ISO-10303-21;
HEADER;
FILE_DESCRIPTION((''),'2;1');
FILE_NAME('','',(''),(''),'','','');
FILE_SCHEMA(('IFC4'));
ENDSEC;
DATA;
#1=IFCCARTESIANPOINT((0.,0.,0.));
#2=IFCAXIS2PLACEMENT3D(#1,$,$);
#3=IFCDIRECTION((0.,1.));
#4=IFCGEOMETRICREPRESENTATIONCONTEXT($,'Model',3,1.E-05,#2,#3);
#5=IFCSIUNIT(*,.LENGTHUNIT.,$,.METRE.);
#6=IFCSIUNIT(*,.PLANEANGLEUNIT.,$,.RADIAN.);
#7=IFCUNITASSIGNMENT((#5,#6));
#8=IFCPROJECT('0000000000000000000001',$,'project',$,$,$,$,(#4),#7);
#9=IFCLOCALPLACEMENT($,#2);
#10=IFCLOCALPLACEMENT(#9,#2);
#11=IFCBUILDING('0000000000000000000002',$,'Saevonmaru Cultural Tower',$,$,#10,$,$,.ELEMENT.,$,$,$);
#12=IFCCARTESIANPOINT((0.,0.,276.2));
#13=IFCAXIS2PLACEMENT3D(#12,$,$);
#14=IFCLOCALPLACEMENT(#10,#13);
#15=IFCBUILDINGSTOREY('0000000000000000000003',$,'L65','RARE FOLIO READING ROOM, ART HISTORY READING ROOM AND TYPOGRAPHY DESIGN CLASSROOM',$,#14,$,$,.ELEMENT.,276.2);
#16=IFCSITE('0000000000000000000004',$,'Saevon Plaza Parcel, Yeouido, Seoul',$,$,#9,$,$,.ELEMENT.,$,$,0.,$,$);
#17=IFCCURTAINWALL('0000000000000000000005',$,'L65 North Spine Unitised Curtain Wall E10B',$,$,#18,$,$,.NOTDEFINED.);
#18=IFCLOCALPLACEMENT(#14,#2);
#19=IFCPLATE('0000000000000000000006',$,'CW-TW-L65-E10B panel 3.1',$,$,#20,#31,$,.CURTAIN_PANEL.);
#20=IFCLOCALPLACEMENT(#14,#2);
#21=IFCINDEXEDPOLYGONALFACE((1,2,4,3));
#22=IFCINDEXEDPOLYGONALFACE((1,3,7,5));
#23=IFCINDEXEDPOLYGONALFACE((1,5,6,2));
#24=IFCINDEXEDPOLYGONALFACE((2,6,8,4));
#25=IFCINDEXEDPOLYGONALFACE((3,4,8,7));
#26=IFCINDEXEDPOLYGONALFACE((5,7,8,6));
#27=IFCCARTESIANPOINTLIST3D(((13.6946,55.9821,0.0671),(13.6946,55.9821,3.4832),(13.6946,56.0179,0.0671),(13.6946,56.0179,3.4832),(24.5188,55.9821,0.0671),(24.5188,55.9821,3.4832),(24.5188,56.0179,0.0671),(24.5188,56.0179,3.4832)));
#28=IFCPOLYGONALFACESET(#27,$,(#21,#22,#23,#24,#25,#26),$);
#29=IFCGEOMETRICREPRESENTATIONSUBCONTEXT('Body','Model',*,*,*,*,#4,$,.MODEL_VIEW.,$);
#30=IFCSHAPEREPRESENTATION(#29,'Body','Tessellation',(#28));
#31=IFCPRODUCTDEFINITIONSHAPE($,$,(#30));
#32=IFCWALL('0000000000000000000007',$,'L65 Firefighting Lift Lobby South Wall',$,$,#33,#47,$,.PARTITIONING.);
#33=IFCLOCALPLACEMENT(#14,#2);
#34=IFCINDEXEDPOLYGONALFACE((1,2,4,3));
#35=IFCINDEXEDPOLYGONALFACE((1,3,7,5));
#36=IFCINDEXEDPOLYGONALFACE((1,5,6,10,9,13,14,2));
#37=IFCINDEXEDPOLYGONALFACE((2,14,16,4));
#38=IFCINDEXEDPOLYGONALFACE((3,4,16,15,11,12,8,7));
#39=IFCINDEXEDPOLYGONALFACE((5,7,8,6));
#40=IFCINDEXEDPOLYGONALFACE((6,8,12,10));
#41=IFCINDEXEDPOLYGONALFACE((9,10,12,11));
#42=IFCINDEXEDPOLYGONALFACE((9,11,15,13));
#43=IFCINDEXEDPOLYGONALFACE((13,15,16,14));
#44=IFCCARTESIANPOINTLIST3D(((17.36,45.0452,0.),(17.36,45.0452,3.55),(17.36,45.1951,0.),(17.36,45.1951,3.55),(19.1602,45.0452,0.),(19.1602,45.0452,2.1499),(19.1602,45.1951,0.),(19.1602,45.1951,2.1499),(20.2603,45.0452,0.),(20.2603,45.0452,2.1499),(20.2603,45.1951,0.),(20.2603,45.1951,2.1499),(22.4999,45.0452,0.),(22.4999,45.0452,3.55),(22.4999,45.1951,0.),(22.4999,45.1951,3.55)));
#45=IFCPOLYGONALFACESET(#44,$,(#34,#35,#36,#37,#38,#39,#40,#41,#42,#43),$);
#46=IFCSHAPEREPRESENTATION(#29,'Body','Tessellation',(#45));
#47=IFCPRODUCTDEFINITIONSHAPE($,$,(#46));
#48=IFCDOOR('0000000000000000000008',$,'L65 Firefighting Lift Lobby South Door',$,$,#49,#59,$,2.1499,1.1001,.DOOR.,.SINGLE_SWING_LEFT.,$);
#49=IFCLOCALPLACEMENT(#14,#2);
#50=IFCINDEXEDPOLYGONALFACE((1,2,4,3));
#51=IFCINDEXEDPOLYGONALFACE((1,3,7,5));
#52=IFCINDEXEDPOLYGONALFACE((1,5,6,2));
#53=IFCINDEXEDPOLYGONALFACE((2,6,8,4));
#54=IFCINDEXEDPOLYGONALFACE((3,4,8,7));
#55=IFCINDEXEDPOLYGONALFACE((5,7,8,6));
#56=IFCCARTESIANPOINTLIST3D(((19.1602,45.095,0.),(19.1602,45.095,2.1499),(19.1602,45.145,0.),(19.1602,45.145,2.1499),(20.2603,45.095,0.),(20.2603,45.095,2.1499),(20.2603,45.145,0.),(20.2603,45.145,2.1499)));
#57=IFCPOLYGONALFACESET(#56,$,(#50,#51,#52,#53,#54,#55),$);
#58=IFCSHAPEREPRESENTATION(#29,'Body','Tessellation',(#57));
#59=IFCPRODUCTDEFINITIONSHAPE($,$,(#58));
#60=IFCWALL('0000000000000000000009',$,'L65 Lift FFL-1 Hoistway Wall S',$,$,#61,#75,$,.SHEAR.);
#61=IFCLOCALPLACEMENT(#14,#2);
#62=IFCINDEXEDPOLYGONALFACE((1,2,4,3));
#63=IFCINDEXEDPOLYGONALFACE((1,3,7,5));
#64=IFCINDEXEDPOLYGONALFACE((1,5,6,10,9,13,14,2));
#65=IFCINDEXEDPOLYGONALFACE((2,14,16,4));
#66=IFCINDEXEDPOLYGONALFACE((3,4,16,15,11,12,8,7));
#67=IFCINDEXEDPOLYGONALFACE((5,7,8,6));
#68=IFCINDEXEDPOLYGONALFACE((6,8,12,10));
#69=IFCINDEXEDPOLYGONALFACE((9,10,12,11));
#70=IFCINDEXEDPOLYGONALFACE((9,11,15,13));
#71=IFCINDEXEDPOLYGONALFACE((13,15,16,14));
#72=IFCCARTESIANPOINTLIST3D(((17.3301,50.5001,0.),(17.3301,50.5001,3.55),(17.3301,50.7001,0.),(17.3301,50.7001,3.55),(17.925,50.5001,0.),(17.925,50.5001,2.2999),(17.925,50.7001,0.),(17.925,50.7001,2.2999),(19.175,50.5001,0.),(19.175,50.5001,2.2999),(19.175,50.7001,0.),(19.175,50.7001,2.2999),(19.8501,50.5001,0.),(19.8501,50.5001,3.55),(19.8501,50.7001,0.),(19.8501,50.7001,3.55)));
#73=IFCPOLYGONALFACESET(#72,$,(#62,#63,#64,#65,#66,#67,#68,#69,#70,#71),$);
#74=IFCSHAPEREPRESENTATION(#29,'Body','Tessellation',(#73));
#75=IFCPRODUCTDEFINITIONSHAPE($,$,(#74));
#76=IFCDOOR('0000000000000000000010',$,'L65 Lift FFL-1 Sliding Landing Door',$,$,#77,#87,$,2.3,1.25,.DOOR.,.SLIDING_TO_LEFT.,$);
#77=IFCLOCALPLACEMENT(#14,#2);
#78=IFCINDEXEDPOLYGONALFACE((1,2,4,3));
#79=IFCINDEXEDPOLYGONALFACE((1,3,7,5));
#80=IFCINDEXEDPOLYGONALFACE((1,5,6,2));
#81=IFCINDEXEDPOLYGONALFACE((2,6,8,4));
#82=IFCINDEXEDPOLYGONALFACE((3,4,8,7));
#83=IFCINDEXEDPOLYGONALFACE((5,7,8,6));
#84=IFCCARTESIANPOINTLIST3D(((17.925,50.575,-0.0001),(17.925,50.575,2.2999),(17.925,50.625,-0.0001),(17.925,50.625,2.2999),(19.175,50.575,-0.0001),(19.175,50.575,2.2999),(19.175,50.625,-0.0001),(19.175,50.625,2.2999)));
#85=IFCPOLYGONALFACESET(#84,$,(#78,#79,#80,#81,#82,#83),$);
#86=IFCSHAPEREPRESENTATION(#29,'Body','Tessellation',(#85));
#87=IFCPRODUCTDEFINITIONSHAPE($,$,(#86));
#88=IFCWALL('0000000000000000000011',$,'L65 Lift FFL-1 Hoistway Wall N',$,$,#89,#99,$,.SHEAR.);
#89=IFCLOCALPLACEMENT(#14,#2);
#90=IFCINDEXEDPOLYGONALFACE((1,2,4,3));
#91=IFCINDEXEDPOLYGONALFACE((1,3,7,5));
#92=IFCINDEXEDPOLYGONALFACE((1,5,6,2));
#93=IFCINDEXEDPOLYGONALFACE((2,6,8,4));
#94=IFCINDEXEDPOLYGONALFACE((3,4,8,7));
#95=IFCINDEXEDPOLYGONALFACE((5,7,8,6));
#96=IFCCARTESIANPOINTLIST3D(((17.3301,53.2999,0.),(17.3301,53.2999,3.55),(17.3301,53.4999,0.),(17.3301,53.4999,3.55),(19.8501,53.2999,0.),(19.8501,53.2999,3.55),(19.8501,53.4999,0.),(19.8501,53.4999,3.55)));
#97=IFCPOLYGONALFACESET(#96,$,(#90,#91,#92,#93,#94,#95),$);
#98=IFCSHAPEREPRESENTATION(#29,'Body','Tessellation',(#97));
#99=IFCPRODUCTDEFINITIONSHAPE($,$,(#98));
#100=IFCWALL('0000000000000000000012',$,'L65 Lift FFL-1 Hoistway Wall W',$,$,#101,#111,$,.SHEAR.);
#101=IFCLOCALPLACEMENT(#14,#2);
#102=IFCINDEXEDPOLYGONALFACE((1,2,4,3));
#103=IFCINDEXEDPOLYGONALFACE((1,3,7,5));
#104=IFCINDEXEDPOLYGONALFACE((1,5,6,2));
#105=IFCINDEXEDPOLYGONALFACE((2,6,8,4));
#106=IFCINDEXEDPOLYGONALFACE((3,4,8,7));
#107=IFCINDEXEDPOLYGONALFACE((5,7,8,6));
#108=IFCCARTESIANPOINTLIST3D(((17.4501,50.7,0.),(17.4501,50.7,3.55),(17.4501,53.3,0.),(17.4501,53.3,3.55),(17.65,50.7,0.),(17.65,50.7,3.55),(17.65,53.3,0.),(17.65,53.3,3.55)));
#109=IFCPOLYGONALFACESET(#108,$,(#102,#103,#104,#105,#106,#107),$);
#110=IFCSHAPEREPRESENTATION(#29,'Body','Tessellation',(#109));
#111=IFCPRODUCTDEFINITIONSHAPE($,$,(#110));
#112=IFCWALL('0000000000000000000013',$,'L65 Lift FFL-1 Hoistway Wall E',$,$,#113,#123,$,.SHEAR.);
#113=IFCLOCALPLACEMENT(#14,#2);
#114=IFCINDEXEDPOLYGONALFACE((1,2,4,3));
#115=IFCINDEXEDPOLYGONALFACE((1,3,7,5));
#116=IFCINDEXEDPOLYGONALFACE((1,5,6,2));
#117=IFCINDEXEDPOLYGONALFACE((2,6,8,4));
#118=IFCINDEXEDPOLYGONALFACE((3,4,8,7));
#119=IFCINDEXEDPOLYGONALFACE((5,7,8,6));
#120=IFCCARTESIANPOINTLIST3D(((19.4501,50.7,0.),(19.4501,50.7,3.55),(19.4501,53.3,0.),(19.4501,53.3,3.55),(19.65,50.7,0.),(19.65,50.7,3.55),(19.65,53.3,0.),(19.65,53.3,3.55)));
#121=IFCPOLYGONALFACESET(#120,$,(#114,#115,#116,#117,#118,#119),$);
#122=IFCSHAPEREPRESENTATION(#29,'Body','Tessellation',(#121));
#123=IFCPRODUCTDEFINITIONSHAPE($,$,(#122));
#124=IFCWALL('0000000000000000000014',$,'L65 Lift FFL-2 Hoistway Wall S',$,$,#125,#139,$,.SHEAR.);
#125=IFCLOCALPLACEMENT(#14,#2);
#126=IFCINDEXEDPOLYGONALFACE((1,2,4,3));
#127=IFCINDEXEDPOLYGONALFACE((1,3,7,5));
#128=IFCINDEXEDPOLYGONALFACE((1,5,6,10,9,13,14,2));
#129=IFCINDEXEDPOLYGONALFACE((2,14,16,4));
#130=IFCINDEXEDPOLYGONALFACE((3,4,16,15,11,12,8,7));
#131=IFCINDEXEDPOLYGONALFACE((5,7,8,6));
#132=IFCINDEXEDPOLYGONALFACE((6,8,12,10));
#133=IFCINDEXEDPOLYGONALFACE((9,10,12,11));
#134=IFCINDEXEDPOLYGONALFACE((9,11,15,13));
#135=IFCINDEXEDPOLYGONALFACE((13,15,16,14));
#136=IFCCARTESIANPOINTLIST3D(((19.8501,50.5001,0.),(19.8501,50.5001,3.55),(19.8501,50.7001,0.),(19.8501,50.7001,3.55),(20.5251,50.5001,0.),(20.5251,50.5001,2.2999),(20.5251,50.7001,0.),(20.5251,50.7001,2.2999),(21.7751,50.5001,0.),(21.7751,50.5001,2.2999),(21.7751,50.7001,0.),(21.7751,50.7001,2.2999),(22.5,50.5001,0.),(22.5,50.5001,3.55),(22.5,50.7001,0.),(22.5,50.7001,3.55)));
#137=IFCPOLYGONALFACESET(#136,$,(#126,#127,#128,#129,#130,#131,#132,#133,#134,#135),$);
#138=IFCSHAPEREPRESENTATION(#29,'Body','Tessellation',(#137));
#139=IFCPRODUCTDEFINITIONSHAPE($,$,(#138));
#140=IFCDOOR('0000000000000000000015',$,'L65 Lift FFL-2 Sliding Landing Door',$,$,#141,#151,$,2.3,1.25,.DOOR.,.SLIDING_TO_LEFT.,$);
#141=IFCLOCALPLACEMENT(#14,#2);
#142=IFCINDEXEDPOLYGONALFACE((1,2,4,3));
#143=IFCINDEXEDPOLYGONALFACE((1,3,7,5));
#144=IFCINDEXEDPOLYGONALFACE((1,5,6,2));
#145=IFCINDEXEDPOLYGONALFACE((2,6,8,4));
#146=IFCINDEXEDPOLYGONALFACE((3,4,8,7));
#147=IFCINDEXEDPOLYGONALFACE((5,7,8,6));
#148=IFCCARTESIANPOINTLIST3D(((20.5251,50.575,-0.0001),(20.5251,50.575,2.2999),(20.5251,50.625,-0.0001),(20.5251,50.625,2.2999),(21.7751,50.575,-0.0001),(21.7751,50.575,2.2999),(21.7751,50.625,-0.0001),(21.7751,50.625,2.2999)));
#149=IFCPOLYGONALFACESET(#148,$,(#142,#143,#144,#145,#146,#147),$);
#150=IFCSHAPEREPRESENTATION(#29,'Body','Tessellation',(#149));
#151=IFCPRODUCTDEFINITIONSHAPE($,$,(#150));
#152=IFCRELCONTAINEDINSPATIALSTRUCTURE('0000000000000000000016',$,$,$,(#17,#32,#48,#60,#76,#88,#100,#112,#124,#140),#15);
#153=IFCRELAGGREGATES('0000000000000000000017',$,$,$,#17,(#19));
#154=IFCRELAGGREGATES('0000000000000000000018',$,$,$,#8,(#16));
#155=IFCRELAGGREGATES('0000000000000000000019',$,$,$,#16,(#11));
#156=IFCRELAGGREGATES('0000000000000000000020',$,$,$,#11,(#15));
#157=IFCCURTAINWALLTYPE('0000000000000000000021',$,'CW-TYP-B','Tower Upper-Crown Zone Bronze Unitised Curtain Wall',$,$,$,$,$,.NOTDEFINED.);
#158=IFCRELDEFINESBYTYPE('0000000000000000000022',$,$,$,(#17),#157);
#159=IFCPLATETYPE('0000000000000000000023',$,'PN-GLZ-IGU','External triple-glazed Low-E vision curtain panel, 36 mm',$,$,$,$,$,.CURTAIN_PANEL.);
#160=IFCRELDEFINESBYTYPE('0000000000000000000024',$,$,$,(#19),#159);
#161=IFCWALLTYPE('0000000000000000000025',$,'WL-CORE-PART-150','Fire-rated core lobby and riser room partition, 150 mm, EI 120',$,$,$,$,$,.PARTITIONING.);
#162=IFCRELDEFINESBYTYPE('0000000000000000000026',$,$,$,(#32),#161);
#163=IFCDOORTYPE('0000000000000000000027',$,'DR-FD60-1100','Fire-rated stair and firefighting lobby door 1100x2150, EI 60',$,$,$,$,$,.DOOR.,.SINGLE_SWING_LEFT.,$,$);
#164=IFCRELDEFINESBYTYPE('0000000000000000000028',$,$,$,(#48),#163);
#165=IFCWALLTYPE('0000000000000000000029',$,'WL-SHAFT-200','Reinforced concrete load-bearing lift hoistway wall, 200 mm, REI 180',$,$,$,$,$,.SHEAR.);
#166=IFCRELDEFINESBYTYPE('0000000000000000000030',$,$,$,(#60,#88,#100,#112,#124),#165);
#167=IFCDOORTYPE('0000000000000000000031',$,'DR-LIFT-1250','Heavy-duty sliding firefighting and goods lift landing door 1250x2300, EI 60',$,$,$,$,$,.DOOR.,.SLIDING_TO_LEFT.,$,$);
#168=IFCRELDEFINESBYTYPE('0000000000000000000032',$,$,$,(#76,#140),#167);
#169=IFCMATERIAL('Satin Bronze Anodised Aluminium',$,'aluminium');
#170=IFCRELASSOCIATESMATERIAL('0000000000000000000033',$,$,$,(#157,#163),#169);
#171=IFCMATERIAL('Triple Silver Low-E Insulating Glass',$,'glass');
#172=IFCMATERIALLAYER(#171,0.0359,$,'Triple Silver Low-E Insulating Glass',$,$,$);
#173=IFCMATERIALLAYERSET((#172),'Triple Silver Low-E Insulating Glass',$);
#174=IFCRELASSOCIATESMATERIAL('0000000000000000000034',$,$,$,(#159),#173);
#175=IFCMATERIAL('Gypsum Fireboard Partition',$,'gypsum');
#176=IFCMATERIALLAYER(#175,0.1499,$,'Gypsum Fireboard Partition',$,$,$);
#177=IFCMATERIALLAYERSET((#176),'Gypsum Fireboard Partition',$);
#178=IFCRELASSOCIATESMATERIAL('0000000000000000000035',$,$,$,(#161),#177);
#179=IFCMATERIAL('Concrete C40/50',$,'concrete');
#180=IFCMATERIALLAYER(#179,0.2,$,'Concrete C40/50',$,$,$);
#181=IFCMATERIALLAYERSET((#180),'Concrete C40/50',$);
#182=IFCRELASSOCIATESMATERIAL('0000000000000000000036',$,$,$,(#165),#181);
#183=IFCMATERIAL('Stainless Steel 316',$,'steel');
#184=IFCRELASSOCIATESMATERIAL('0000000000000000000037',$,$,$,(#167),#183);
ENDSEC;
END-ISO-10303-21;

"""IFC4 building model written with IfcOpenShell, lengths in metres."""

from ifc_helpers import new_model, si_unit, direction, frame, frame_2d, origin, origin_2d, place, context, subcontext, project, spatial, rectangle, extrude, material, layer, layer_set, type_object, element, fill, aggregate, save


model = new_model("IFC4")

# Units and contexts
model_context = context("Model", 3, precision=1e-05, world=origin(), true_north=direction((0.0, 1.0)))
body_context = subcontext(model_context, "Body", "Model", "MODEL_VIEW")
ifc_project = project(units=[si_unit("LENGTHUNIT", "METRE"), si_unit("PLANEANGLEUNIT", "RADIAN")], contexts=[model_context])

# Site, building, storey
site_placement = place(None, origin())
site = spatial("IfcSite", under=ifc_project, at=site_placement, Name="Saevon Plaza Parcel, Yeouido, Seoul", CompositionType="ELEMENT", RefElevation=0.0)
building_placement = place(site_placement, origin())
building = spatial("IfcBuilding", under=site, at=building_placement, Name="Saevonmaru Cultural Tower", CompositionType="ELEMENT")
storey_placement = place(building_placement, frame((0.0, 0.0, 276.2)))
storey = spatial("IfcBuildingStorey", under=building, at=storey_placement, Name="L65", Description="RARE FOLIO READING ROOM, ART HISTORY READING ROOM AND TYPOGRAPHY DESIGN CLASSROOM", CompositionType="ELEMENT", Elevation=276.2)

# Curtain wall, plate
ifc_material_1 = material(Name="Satin Bronze Anodised Aluminium", Category="aluminium")
curtain_wall_type = type_object("IfcCurtainWallType", Name="CW-TYP-B", Description="Tower Upper-Crown Zone Bronze Unitised Curtain Wall", PredefinedType="NOTDEFINED", material=ifc_material_1)
curtain_wall_placement = place(storey_placement, origin())
curtain_wall = element("IfcCurtainWall", 1, at=curtain_wall_placement, inside=storey, type_object=curtain_wall_type, Name="L65 North Spine Unitised Curtain Wall E10B", PredefinedType="NOTDEFINED")
ifc_material_2 = material(Name="Triple Silver Low-E Insulating Glass", Category="glass")
ifc_layer_1 = layer(ifc_material_2, 0.0359, Name="Triple Silver Low-E Insulating Glass")
ifc_layer_set_1 = layer_set([ifc_layer_1], Name="Triple Silver Low-E Insulating Glass")
plate_type = type_object("IfcPlateType", Name="PN-GLZ-IGU", Description="External triple-glazed Low-E vision curtain panel, 36 mm", PredefinedType="CURTAIN_PANEL", material=ifc_layer_set_1)
plate_placement = place(storey_placement, frame((19.1067, 56.0, 0.0671), z_axis=(0.0, 0.0, 1.0), x_axis=(-1.0, 0.0, 0.0)))
plate = element("IfcPlate", 2, at=plate_placement, type_object=plate_type, Name="CW-TW-L65-E10B panel 3.1", PredefinedType="CURTAIN_PANEL", context=body_context, shape_type="SweptSolid", body=[
    extrude(rectangle(XDim=10.8242, YDim=0.0359, at=origin_2d()), origin(), (0.0, 0.0, 1.0), 3.416),
])
aggregate(curtain_wall, [plate])

# Walls, openings, doors
ifc_material_3 = material(Name="Gypsum Fireboard Partition", Category="gypsum")
ifc_layer_2 = layer(ifc_material_3, 0.1499, Name="Gypsum Fireboard Partition")
ifc_layer_set_2 = layer_set([ifc_layer_2], Name="Gypsum Fireboard Partition")
wall_type_1 = type_object("IfcWallType", Name="WL-CORE-PART-150", Description="Fire-rated core lobby and riser room partition, 150 mm, EI 120", PredefinedType="PARTITIONING", material=ifc_layer_set_2)
wall_1_placement = place(storey_placement, frame((17.3601, 45.1201, 0.0), z_axis=(0.0, 0.0, 1.0), x_axis=(1.0, 0.0, 0.0)))
wall_1 = element("IfcWall", 3, at=wall_1_placement, inside=storey, type_object=wall_type_1, Name="L65 Firefighting Lift Lobby South Wall", PredefinedType="PARTITIONING", context=body_context, shape_type="SweptSolid", body=[
    extrude(rectangle(XDim=5.1399, YDim=0.1499, at=frame_2d((2.5698, 0.0))), origin(), (0.0, 0.0, 1.0), 3.55),
])
opening_1_placement = place(wall_1_placement, frame((1.8, 0.0, 0.0)))
opening_1 = element("IfcOpeningElement", 4, at=opening_1_placement, cuts=wall_1, PredefinedType="OPENING", context=body_context, shape_type="SweptSolid", body=[
    extrude(rectangle(XDim=1.1001, YDim=2.1499, at=frame_2d((0.55, 1.075))), frame((0.0, 0.085, 0.0), z_axis=(0.0, -1.0, 0.0), x_axis=(1.0, 0.0, 0.0)), (0.0, 0.0, 1.0), 0.1699),
])
door_type_1 = type_object("IfcDoorType", Name="DR-FD60-1100", Description="Fire-rated stair and firefighting lobby door 1100x2150, EI 60", OperationType="SINGLE_SWING_LEFT", PredefinedType="DOOR", material=ifc_material_1)
door_1_placement = place(opening_1_placement, origin())
door_1 = element("IfcDoor", 5, at=door_1_placement, inside=storey, type_object=door_type_1, Name="L65 Firefighting Lift Lobby South Door", OperationType="SINGLE_SWING_LEFT", OverallHeight=2.1499, OverallWidth=1.1001, PredefinedType="DOOR", context=body_context, shape_type="SweptSolid", body=[
    extrude(rectangle(XDim=1.1001, YDim=2.1499, at=frame_2d((0.55, 1.075))), frame((0.0, 0.0249, 0.0), z_axis=(0.0, -1.0, 0.0), x_axis=(1.0, 0.0, 0.0)), (0.0, 0.0, 1.0), 0.05),
])
fill(opening_1, door_1)
ifc_material_4 = material(Name="Concrete C40/50", Category="concrete")
ifc_layer_3 = layer(ifc_material_4, 0.2, Name="Concrete C40/50")
ifc_layer_set_3 = layer_set([ifc_layer_3], Name="Concrete C40/50")
wall_type_2 = type_object("IfcWallType", Name="WL-SHAFT-200", Description="Reinforced concrete load-bearing lift hoistway wall, 200 mm, REI 180", PredefinedType="SHEAR", material=ifc_layer_set_3)
wall_2_placement = place(storey_placement, frame((17.3301, 50.6001, 0.0), z_axis=(0.0, 0.0, 1.0), x_axis=(1.0, 0.0, 0.0)))
wall_2 = element("IfcWall", 6, at=wall_2_placement, inside=storey, type_object=wall_type_2, Name="L65 Lift FFL-1 Hoistway Wall S", PredefinedType="SHEAR", context=body_context, shape_type="SweptSolid", body=[
    extrude(rectangle(XDim=2.52, YDim=0.2, at=frame_2d((1.26, 0.0))), origin(), (0.0, 0.0, 1.0), 3.55),
])
opening_2_placement = place(wall_2_placement, frame((0.595, 0.0, 0.0)))
opening_2 = element("IfcOpeningElement", 7, at=opening_2_placement, cuts=wall_2, PredefinedType="OPENING", context=body_context, shape_type="SweptSolid", body=[
    extrude(rectangle(XDim=1.25, YDim=2.3, at=frame_2d((0.625, 1.1499))), frame((0.0, 0.1099, 0.0), z_axis=(0.0, -1.0, 0.0), x_axis=(1.0, 0.0, 0.0)), (0.0, 0.0, 1.0), 0.22),
])
ifc_material_5 = material(Name="Stainless Steel 316", Category="steel")
door_type_2 = type_object("IfcDoorType", Name="DR-LIFT-1250", Description="Heavy-duty sliding firefighting and goods lift landing door 1250x2300, EI 60", OperationType="SLIDING_TO_LEFT", PredefinedType="DOOR", material=ifc_material_5)
door_2_placement = place(opening_2_placement, origin())
door_2 = element("IfcDoor", 8, at=door_2_placement, inside=storey, type_object=door_type_2, Name="L65 Lift FFL-1 Sliding Landing Door", OperationType="SLIDING_TO_LEFT", OverallHeight=2.3, OverallWidth=1.25, PredefinedType="DOOR", context=body_context, shape_type="SweptSolid", body=[
    extrude(rectangle(XDim=1.25, YDim=2.3, at=frame_2d((0.625, 1.1499))), frame((0.0, 0.0249, 0.0), z_axis=(0.0, -1.0, 0.0), x_axis=(1.0, 0.0, 0.0)), (0.0, 0.0, 1.0), 0.05),
])
fill(opening_2, door_2)

# Walls
wall_3_placement = place(storey_placement, frame((17.3301, 53.3999, 0.0), z_axis=(0.0, 0.0, 1.0), x_axis=(1.0, 0.0, 0.0)))
element("IfcWall", 9, at=wall_3_placement, inside=storey, type_object=wall_type_2, Name="L65 Lift FFL-1 Hoistway Wall N", PredefinedType="SHEAR", context=body_context, shape_type="SweptSolid", body=[
    extrude(rectangle(XDim=2.52, YDim=0.2, at=frame_2d((1.26, 0.0))), origin(), (0.0, 0.0, 1.0), 3.55),
])
for number, where, z_axis, x_axis, name in (
    (10, (17.55, 50.7, 0.0), (0.0, 0.0, 1.0), (0.0, 1.0, 0.0), "L65 Lift FFL-1 Hoistway Wall W"),
    (11, (19.55, 50.7, 0.0), (0.0, 0.0, 1.0), (0.0, 1.0, 0.0), "L65 Lift FFL-1 Hoistway Wall E"),
):
    element("IfcWall", number, at=place(storey_placement, frame(where, z_axis=z_axis, x_axis=x_axis)), inside=storey, type_object=wall_type_2, Name=name, PredefinedType="SHEAR", context=body_context, shape_type="SweptSolid", body=[
        extrude(rectangle(XDim=2.6001, YDim=0.2, at=frame_2d((1.3, 0.0))), origin(), (0.0, 0.0, 1.0), 3.55),
    ])

# Wall, opening, door
wall_4_placement = place(storey_placement, frame((19.8501, 50.6001, 0.0), z_axis=(0.0, 0.0, 1.0), x_axis=(1.0, 0.0, 0.0)))
wall_4 = element("IfcWall", 12, at=wall_4_placement, inside=storey, type_object=wall_type_2, Name="L65 Lift FFL-2 Hoistway Wall S", PredefinedType="SHEAR", context=body_context, shape_type="SweptSolid", body=[
    extrude(rectangle(XDim=2.6499, YDim=0.2, at=frame_2d((1.325, 0.0))), origin(), (0.0, 0.0, 1.0), 3.55),
])
opening_3_placement = place(wall_4_placement, frame((0.675, 0.0, 0.0)))
opening_3 = element("IfcOpeningElement", 13, at=opening_3_placement, cuts=wall_4, PredefinedType="OPENING", context=body_context, shape_type="SweptSolid", body=[
    extrude(rectangle(XDim=1.25, YDim=2.3, at=frame_2d((0.625, 1.1499))), frame((0.0, 0.1099, 0.0), z_axis=(0.0, -1.0, 0.0), x_axis=(1.0, 0.0, 0.0)), (0.0, 0.0, 1.0), 0.22),
])
door_3_placement = place(opening_3_placement, origin())
door_3 = element("IfcDoor", 14, at=door_3_placement, inside=storey, type_object=door_type_2, Name="L65 Lift FFL-2 Sliding Landing Door", OperationType="SLIDING_TO_LEFT", OverallHeight=2.3, OverallWidth=1.25, PredefinedType="DOOR", context=body_context, shape_type="SweptSolid", body=[
    extrude(rectangle(XDim=1.25, YDim=2.3, at=frame_2d((0.625, 1.1499))), frame((0.0, 0.0249, 0.0), z_axis=(0.0, -1.0, 0.0), x_axis=(1.0, 0.0, 0.0)), (0.0, 0.0, 1.0), 0.05),
])
fill(opening_3, door_3)

save(model, "model.ifc")
